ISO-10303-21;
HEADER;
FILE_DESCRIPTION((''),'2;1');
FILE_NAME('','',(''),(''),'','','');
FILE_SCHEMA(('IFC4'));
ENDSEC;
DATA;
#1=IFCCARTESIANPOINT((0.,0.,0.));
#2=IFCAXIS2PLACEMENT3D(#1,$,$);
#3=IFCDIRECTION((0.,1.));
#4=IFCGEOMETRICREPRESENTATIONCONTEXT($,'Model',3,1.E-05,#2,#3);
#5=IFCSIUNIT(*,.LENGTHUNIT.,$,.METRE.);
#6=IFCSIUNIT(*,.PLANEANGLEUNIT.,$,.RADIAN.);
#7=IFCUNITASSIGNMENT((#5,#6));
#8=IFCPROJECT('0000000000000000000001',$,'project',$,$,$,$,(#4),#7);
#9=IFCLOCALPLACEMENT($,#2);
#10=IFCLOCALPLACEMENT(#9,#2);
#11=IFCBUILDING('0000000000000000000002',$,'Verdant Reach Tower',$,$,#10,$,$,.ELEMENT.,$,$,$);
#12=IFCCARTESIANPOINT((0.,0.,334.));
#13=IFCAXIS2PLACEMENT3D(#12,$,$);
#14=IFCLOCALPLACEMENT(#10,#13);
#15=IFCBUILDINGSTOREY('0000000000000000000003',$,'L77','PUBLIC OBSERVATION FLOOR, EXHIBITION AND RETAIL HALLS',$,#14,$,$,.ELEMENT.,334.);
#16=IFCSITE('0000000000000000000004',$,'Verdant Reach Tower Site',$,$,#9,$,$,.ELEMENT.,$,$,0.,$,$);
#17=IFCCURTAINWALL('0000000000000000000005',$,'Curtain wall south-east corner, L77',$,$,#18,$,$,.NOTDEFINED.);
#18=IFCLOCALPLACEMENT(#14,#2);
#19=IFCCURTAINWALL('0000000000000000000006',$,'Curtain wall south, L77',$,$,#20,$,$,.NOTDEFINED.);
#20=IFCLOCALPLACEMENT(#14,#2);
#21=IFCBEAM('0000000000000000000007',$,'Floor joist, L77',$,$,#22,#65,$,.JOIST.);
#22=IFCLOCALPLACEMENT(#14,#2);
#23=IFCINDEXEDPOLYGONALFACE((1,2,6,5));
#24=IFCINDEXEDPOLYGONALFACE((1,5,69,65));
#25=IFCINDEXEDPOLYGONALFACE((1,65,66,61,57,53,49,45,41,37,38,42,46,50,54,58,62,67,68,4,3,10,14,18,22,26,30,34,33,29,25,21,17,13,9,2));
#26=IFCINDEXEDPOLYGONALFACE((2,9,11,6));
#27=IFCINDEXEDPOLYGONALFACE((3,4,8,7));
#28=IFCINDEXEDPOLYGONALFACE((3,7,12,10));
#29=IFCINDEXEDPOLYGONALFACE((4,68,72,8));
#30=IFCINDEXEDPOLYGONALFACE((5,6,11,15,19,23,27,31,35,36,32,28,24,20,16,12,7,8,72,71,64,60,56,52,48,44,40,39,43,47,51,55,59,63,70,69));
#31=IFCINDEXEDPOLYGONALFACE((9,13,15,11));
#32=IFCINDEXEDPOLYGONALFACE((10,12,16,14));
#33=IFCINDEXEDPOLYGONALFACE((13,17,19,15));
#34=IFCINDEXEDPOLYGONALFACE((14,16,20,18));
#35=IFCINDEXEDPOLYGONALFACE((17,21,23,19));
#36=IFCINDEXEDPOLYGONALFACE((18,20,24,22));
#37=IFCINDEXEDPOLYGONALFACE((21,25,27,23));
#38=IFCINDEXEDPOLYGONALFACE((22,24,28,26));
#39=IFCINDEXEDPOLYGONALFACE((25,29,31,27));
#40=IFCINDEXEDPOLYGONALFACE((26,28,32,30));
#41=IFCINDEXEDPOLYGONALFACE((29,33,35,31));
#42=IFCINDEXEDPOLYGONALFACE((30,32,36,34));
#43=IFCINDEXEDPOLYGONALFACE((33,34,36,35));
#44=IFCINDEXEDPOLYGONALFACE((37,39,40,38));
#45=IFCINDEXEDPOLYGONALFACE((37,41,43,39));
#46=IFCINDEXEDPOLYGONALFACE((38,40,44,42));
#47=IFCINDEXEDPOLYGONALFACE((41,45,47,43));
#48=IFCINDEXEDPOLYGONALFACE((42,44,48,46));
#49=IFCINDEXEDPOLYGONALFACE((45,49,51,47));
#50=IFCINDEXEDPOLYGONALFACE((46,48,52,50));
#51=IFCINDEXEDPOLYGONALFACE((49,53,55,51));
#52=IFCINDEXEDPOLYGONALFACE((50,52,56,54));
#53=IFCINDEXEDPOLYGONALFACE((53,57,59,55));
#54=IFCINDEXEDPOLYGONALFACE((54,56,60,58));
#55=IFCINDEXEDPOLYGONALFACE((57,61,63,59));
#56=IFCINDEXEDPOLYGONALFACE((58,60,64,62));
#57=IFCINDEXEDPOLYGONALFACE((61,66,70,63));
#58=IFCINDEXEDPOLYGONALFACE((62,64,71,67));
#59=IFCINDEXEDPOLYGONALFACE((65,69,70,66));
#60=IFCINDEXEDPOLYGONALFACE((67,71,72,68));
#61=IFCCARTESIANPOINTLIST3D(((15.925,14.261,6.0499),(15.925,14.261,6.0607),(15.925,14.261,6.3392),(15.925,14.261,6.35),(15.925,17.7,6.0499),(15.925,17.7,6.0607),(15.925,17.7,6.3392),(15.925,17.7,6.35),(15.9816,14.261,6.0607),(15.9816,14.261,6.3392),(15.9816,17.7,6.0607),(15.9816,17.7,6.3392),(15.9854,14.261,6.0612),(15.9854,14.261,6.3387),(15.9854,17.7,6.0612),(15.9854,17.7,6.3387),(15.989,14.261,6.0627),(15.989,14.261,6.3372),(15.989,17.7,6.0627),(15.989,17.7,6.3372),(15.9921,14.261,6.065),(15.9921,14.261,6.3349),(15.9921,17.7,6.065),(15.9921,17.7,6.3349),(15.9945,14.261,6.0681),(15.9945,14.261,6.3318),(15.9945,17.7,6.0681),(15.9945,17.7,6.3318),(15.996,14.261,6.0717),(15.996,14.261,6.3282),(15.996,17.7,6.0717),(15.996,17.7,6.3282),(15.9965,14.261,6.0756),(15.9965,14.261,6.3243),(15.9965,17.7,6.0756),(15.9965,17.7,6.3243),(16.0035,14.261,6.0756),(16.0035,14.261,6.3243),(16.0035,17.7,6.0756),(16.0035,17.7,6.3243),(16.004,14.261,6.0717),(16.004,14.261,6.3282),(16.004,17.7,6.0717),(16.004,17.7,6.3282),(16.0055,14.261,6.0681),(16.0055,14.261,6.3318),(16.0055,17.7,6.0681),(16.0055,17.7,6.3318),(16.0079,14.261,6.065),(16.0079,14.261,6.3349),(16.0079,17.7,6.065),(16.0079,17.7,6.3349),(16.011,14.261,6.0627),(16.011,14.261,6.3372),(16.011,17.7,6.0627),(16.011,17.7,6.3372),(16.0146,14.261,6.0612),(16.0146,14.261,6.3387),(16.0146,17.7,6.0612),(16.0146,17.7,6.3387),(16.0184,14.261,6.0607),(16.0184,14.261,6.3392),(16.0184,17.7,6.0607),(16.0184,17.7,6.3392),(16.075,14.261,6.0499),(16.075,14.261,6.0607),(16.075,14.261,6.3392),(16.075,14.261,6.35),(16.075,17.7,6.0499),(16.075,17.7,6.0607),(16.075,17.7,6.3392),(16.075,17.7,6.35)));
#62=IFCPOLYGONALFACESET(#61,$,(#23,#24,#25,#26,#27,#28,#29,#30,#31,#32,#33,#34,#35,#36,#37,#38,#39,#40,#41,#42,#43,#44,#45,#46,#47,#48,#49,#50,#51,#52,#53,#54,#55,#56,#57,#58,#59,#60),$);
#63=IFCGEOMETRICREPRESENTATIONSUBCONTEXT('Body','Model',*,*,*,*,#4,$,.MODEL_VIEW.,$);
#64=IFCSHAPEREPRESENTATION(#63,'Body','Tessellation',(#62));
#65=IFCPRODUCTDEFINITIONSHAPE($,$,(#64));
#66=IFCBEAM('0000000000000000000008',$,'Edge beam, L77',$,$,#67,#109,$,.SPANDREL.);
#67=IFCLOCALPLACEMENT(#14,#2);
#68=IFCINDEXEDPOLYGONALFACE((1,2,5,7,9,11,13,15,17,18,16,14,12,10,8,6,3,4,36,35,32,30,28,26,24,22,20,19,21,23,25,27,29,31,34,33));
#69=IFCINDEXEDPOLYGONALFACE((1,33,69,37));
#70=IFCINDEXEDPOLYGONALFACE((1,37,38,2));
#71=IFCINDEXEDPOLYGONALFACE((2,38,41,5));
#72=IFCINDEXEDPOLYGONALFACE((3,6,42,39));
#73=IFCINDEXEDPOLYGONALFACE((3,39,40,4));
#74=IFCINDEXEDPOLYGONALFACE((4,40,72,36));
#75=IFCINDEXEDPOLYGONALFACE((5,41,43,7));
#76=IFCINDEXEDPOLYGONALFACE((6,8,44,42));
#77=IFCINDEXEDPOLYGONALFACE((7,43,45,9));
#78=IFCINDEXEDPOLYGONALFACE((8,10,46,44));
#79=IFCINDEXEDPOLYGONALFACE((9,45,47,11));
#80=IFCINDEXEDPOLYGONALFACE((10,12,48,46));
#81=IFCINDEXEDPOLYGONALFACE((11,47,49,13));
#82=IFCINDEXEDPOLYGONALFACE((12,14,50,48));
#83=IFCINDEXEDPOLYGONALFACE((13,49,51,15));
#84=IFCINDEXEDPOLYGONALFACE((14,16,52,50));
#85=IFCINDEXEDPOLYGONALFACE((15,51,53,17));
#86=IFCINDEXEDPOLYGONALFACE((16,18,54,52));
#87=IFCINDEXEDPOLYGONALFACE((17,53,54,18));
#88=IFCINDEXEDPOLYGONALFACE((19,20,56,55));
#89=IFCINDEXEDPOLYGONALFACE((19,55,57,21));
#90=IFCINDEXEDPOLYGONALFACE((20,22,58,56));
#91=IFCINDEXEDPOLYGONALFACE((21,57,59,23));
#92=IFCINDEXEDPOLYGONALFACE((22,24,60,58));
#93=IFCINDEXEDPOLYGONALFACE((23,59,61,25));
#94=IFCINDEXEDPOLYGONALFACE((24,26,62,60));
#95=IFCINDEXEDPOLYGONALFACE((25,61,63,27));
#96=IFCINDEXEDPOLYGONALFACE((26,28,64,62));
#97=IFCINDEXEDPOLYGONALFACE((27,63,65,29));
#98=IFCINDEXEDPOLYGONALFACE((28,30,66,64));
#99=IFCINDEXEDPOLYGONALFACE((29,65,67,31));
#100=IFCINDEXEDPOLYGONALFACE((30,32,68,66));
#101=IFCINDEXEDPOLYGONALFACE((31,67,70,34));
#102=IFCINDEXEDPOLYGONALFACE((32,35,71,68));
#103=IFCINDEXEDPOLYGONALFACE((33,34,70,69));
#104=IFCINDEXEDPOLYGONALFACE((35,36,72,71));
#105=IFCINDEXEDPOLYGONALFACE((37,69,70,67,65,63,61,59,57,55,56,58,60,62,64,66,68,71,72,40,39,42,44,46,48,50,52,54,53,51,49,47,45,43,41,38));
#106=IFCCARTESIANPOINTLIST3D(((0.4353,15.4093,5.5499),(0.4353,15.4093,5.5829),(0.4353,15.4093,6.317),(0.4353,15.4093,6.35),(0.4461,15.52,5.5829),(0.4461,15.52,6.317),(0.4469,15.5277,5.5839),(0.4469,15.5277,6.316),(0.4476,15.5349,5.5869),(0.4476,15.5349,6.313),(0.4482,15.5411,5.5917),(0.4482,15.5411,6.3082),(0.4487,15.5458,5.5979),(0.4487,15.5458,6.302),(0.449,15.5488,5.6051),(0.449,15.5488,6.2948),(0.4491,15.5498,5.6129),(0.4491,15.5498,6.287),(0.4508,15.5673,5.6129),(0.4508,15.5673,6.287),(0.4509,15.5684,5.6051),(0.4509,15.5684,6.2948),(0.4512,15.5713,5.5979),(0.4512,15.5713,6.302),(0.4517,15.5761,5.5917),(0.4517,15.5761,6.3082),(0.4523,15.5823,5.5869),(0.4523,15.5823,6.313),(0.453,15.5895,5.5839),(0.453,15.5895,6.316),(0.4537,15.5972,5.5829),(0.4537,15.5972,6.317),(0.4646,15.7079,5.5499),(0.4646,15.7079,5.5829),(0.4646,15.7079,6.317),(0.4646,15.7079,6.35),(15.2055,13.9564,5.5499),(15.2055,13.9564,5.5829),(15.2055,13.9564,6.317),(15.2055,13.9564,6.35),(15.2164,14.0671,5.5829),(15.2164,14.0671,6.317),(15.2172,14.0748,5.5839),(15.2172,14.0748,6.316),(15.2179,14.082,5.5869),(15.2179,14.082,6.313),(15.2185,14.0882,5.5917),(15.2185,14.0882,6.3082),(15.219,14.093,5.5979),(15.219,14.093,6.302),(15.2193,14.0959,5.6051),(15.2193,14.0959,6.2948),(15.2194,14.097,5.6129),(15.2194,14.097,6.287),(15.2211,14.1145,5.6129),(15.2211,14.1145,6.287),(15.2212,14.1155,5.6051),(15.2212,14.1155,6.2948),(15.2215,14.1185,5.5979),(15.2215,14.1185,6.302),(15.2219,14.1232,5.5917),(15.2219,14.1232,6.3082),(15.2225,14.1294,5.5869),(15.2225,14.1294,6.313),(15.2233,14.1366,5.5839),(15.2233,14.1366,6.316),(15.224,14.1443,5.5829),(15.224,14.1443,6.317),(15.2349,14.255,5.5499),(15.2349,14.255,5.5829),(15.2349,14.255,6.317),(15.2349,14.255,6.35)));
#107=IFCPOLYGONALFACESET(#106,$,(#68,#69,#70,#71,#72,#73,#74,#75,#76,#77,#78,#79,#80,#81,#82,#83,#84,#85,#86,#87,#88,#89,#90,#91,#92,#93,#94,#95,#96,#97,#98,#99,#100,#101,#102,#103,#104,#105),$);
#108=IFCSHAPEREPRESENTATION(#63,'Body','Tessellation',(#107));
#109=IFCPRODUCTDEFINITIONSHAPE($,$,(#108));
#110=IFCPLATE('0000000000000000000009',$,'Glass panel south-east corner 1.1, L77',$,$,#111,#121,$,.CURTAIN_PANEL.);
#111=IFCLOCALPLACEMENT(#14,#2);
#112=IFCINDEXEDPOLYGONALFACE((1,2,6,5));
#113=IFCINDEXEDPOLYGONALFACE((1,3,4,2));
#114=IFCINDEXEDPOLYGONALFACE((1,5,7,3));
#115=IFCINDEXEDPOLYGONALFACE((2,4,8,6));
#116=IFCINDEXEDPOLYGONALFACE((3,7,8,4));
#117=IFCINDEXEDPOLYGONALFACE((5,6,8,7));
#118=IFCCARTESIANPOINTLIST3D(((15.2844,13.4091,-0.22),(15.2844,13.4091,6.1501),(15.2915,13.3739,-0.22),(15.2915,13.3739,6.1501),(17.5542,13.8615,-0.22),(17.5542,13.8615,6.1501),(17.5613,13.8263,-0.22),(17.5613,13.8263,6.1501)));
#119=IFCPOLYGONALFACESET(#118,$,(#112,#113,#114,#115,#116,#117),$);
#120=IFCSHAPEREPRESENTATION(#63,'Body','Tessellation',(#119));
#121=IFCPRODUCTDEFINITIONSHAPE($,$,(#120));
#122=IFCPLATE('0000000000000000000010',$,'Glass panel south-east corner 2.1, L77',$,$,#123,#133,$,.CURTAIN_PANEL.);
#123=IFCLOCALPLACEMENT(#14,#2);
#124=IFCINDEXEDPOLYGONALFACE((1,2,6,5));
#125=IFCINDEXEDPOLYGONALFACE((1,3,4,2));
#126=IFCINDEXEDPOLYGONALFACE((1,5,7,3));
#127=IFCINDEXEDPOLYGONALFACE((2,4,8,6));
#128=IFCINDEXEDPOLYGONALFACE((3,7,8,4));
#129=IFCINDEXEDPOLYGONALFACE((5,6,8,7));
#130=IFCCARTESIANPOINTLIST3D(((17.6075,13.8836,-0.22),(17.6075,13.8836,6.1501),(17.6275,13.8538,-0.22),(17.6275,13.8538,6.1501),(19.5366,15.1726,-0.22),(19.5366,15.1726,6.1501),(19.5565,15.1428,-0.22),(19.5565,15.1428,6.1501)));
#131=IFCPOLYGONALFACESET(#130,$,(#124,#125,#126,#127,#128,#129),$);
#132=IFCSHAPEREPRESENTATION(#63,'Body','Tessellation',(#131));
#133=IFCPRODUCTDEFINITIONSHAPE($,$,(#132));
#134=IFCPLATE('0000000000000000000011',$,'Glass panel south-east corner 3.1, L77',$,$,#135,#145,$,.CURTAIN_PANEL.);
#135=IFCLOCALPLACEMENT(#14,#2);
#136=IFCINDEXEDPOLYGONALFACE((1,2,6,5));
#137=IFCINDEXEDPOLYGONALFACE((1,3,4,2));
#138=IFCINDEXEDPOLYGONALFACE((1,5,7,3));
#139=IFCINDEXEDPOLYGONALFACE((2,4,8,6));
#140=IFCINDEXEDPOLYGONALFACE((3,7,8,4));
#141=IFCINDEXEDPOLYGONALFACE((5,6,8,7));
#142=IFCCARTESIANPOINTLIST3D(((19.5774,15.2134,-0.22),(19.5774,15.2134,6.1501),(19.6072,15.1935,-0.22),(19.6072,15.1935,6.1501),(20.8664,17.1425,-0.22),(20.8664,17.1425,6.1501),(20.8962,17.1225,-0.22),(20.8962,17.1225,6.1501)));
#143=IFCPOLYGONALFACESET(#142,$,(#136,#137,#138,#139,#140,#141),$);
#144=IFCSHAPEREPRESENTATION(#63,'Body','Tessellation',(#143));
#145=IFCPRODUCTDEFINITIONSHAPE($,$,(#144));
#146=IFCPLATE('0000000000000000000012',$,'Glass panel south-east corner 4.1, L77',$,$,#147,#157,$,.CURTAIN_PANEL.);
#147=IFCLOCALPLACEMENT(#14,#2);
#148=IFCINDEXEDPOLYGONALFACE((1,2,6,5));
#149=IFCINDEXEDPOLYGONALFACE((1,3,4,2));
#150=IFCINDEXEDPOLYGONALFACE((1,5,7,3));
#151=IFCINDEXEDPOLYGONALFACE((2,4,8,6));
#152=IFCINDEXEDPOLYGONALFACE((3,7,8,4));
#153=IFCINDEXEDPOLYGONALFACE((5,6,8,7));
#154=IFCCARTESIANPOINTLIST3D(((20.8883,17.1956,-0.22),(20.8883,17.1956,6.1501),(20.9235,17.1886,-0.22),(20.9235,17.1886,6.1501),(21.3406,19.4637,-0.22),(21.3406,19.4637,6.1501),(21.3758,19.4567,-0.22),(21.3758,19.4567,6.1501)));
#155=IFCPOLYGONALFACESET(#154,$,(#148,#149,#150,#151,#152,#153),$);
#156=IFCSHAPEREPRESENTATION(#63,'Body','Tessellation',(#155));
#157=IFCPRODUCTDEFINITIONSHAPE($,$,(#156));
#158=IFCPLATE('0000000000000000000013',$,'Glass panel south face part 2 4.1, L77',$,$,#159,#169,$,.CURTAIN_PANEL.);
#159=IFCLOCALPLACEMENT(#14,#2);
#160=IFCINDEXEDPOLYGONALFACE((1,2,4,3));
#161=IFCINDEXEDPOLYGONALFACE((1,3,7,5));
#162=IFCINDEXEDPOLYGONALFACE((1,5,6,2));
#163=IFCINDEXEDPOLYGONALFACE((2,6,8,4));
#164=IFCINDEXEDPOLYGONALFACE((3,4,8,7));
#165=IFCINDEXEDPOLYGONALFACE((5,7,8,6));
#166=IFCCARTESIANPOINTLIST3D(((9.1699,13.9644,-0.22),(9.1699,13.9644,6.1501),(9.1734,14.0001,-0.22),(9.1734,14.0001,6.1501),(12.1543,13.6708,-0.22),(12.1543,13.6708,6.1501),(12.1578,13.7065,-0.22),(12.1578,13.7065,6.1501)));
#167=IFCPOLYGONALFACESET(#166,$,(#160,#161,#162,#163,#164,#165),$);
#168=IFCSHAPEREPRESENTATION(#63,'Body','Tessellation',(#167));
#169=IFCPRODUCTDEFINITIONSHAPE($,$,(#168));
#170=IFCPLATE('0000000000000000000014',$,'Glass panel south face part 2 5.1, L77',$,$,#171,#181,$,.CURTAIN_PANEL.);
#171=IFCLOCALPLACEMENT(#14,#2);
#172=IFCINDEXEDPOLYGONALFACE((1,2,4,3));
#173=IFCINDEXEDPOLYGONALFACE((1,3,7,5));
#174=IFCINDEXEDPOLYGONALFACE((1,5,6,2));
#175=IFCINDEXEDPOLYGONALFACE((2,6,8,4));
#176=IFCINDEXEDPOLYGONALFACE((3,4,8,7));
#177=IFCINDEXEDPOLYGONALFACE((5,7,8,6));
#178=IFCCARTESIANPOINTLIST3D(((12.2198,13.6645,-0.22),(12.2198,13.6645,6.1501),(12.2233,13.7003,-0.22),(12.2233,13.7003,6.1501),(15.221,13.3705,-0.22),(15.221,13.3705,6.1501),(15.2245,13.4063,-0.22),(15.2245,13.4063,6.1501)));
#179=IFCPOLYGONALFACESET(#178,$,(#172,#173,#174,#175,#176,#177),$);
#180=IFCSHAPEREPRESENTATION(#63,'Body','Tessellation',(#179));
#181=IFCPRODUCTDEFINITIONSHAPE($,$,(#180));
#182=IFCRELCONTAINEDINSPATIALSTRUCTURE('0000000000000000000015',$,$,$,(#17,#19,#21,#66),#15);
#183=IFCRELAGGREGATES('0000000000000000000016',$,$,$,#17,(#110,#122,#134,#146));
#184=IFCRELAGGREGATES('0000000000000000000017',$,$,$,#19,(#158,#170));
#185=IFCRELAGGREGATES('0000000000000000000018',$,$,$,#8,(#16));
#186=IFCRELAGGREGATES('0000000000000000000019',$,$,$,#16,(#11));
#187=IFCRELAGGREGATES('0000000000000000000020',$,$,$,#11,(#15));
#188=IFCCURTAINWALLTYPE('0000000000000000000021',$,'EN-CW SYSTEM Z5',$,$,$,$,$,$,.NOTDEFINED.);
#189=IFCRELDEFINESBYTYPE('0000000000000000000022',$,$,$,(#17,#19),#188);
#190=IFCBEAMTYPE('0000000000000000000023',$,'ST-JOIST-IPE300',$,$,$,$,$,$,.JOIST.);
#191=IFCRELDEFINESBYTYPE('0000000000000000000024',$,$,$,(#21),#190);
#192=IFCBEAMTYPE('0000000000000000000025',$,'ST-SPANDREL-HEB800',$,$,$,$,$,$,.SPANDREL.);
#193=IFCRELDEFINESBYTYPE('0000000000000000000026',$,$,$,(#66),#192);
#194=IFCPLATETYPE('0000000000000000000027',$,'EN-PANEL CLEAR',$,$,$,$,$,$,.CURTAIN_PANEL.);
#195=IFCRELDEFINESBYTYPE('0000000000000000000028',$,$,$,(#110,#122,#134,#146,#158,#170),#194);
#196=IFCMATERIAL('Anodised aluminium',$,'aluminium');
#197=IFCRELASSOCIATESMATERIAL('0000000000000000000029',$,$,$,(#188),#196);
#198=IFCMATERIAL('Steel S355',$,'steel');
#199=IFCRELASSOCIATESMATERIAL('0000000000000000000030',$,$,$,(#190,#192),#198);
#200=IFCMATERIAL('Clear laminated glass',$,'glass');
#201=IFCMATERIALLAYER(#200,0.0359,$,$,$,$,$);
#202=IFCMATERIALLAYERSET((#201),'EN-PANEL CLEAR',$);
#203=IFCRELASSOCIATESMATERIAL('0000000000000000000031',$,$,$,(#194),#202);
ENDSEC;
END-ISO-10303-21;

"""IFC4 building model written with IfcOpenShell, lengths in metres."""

from ifc_helpers import new_model, si_unit, direction, frame, origin, origin_2d, place, context, subcontext, project, spatial, rectangle, i_section, extrude, material, layer, layer_set, material_profile, profile_set, type_object, element, aggregate, save


model = new_model("IFC4")

# Units and contexts
model_context = context("Model", 3, precision=1e-05, world=origin(), true_north=direction((0.0, 1.0)))
body_context = subcontext(model_context, "Body", "Model", "MODEL_VIEW")
ifc_project = project(units=[si_unit("LENGTHUNIT", "METRE"), si_unit("PLANEANGLEUNIT", "RADIAN")], contexts=[model_context])

# Site, building, storey
site_placement = place(None, origin())
site = spatial("IfcSite", under=ifc_project, at=site_placement, Name="Verdant Reach Tower Site", CompositionType="ELEMENT", RefElevation=0.0)
building_placement = place(site_placement, origin())
building = spatial("IfcBuilding", under=site, at=building_placement, Name="Verdant Reach Tower", CompositionType="ELEMENT")
storey_placement = place(building_placement, frame((0.0, 0.0, 334.0)))
storey = spatial("IfcBuildingStorey", under=building, at=storey_placement, Name="L77", Description="PUBLIC OBSERVATION FLOOR, EXHIBITION AND RETAIL HALLS", CompositionType="ELEMENT", Elevation=334.0)

# Curtain walls
ifc_material_1 = material(Name="Anodised aluminium", Category="aluminium")
curtain_wall_type = type_object("IfcCurtainWallType", Name="EN-CW SYSTEM Z5", PredefinedType="NOTDEFINED", material=ifc_material_1)
curtain_wall_1_placement = place(storey_placement, origin())
curtain_wall_1 = element("IfcCurtainWall", 1, at=curtain_wall_1_placement, inside=storey, type_object=curtain_wall_type, Name="Curtain wall south-east corner, L77", PredefinedType="NOTDEFINED")
curtain_wall_2_placement = place(storey_placement, origin())
curtain_wall_2 = element("IfcCurtainWall", 2, at=curtain_wall_2_placement, inside=storey, type_object=curtain_wall_type, Name="Curtain wall south, L77", PredefinedType="NOTDEFINED")

# Beams
ifc_material_2 = material(Name="Steel S355", Category="steel")
ifc_material_profile_1 = material_profile(ifc_material_2, i_section(OverallWidth=0.1499, OverallDepth=0.3, WebThickness=0.0071, FlangeThickness=0.0107, FilletRadius=0.0149, at=origin_2d()), Name="IPE 300")
ifc_profile_set_1 = profile_set([ifc_material_profile_1], Name="Steel S355")
beam_type_1 = type_object("IfcBeamType", Name="ST-JOIST-IPE300", PredefinedType="JOIST", material=ifc_profile_set_1)
beam_1_placement = place(storey_placement, frame((16.0, 17.7, 6.2), z_axis=(0.0, -1.0, 0.0), x_axis=(1.0, 0.0, 0.0)))
element("IfcBeam", 3, at=beam_1_placement, inside=storey, type_object=beam_type_1, Name="Floor joist, L77", PredefinedType="JOIST", context=body_context, shape_type="SweptSolid", body=[
    extrude(i_section(OverallWidth=0.1499, OverallDepth=0.3, WebThickness=0.0071, FlangeThickness=0.0107, FilletRadius=0.0149, at=origin_2d()), origin(), (0.0, 0.0, 1.0), 3.439),
])
ifc_material_profile_2 = material_profile(ifc_material_2, i_section(OverallWidth=0.3, OverallDepth=0.8, WebThickness=0.0176, FlangeThickness=0.033, FilletRadius=0.03, at=origin_2d()), Name="HEB 800")
ifc_profile_set_2 = profile_set([ifc_material_profile_2], Name="Steel S355")
beam_type_2 = type_object("IfcBeamType", Name="ST-SPANDREL-HEB800", PredefinedType="SPANDREL", material=ifc_profile_set_2)
beam_2_placement = place(storey_placement, frame((15.2202, 14.1057, 5.95), z_axis=(-0.995197, 0.097893, 0.0), x_axis=(-0.097893, -0.995197, 0.0)))
element("IfcBeam", 4, at=beam_2_placement, inside=storey, type_object=beam_type_2, Name="Edge beam, L77", PredefinedType="SPANDREL", context=body_context, shape_type="SweptSolid", body=[
    extrude(i_section(OverallWidth=0.3, OverallDepth=0.8, WebThickness=0.0176, FlangeThickness=0.033, FilletRadius=0.03, at=origin_2d()), origin(), (0.0, 0.0, 1.0), 14.8416),
])

# Plates
ifc_material_3 = material(Name="Clear laminated glass", Category="glass")
ifc_layer_1 = layer(ifc_material_3, 0.0359)
ifc_layer_set_1 = layer_set([ifc_layer_1], Name="EN-PANEL CLEAR")
plate_type = type_object("IfcPlateType", Name="EN-PANEL CLEAR", PredefinedType="CURTAIN_PANEL", material=ifc_layer_set_1)
plate_1_placement = place(storey_placement, frame((16.4229, 13.6177, -0.22), z_axis=(0.0, 0.0, 1.0), x_axis=(0.980708, 0.195479, 0.0)))
plate_1 = element("IfcPlate", 5, at=plate_1_placement, type_object=plate_type, Name="Glass panel south-east corner 1.1, L77", PredefinedType="CURTAIN_PANEL", context=body_context, shape_type="SweptSolid", body=[
    extrude(rectangle(XDim=2.3145, YDim=0.0359, at=origin_2d()), origin(), (0.0, 0.0, 1.0), 6.3701),
])
plate_2_placement = place(storey_placement, frame((18.582, 14.5132, -0.22), z_axis=(0.0, 0.0, 1.0), x_axis=(0.831452, 0.555596, 0.0)))
plate_2 = element("IfcPlate", 6, at=plate_2_placement, type_object=plate_type, Name="Glass panel south-east corner 2.1, L77", PredefinedType="CURTAIN_PANEL", context=body_context, shape_type="SweptSolid", body=[
    extrude(rectangle(XDim=2.3201, YDim=0.0359, at=origin_2d()), origin(), (0.0, 0.0, 1.0), 6.3701),
])
plate_3_placement = place(storey_placement, frame((20.2368, 16.168, -0.22), z_axis=(0.0, 0.0, 1.0), x_axis=(0.555596, 0.831452, 0.0)))
plate_3 = element("IfcPlate", 7, at=plate_3_placement, type_object=plate_type, Name="Glass panel south-east corner 3.1, L77", PredefinedType="CURTAIN_PANEL", context=body_context, shape_type="SweptSolid", body=[
    extrude(rectangle(XDim=2.3201, YDim=0.0359, at=origin_2d()), origin(), (0.0, 0.0, 1.0), 6.3701),
])
plate_4_placement = place(storey_placement, frame((21.1321, 18.3262, -0.22), z_axis=(0.0, 0.0, 1.0), x_axis=(0.195576, 0.980689, 0.0)))
plate_4 = element("IfcPlate", 8, at=plate_4_placement, type_object=plate_type, Name="Glass panel south-east corner 4.1, L77", PredefinedType="CURTAIN_PANEL", context=body_context, shape_type="SweptSolid", body=[
    extrude(rectangle(XDim=2.3127, YDim=0.0359, at=origin_2d()), origin(), (0.0, 0.0, 1.0), 6.3701),
])
aggregate(curtain_wall_1, [plate_1, plate_2, plate_3, plate_4])
plate_5_placement = place(storey_placement, frame((10.6638, 13.8354, -0.22), z_axis=(0.0, 0.0, 1.0), x_axis=(0.995197, -0.097888, 0.0)))
plate_5 = element("IfcPlate", 9, at=plate_5_placement, type_object=plate_type, Name="Glass panel south face part 2 4.1, L77", PredefinedType="CURTAIN_PANEL", context=body_context, shape_type="SweptSolid", body=[
    extrude(rectangle(XDim=2.9988, YDim=0.0359, at=origin_2d()), origin(), (0.0, 0.0, 1.0), 6.3701),
])
plate_6_placement = place(storey_placement, frame((13.7222, 13.5354, -0.22), z_axis=(0.0, 0.0, 1.0), x_axis=(0.995237, -0.097487, 0.0)))
plate_6 = element("IfcPlate", 10, at=plate_6_placement, type_object=plate_type, Name="Glass panel south face part 2 5.1, L77", PredefinedType="CURTAIN_PANEL", context=body_context, shape_type="SweptSolid", body=[
    extrude(rectangle(XDim=3.0156, YDim=0.0359, at=origin_2d()), origin(), (0.0, 0.0, 1.0), 6.3701),
])
aggregate(curtain_wall_2, [plate_5, plate_6])

save(model, "model.ifc")
